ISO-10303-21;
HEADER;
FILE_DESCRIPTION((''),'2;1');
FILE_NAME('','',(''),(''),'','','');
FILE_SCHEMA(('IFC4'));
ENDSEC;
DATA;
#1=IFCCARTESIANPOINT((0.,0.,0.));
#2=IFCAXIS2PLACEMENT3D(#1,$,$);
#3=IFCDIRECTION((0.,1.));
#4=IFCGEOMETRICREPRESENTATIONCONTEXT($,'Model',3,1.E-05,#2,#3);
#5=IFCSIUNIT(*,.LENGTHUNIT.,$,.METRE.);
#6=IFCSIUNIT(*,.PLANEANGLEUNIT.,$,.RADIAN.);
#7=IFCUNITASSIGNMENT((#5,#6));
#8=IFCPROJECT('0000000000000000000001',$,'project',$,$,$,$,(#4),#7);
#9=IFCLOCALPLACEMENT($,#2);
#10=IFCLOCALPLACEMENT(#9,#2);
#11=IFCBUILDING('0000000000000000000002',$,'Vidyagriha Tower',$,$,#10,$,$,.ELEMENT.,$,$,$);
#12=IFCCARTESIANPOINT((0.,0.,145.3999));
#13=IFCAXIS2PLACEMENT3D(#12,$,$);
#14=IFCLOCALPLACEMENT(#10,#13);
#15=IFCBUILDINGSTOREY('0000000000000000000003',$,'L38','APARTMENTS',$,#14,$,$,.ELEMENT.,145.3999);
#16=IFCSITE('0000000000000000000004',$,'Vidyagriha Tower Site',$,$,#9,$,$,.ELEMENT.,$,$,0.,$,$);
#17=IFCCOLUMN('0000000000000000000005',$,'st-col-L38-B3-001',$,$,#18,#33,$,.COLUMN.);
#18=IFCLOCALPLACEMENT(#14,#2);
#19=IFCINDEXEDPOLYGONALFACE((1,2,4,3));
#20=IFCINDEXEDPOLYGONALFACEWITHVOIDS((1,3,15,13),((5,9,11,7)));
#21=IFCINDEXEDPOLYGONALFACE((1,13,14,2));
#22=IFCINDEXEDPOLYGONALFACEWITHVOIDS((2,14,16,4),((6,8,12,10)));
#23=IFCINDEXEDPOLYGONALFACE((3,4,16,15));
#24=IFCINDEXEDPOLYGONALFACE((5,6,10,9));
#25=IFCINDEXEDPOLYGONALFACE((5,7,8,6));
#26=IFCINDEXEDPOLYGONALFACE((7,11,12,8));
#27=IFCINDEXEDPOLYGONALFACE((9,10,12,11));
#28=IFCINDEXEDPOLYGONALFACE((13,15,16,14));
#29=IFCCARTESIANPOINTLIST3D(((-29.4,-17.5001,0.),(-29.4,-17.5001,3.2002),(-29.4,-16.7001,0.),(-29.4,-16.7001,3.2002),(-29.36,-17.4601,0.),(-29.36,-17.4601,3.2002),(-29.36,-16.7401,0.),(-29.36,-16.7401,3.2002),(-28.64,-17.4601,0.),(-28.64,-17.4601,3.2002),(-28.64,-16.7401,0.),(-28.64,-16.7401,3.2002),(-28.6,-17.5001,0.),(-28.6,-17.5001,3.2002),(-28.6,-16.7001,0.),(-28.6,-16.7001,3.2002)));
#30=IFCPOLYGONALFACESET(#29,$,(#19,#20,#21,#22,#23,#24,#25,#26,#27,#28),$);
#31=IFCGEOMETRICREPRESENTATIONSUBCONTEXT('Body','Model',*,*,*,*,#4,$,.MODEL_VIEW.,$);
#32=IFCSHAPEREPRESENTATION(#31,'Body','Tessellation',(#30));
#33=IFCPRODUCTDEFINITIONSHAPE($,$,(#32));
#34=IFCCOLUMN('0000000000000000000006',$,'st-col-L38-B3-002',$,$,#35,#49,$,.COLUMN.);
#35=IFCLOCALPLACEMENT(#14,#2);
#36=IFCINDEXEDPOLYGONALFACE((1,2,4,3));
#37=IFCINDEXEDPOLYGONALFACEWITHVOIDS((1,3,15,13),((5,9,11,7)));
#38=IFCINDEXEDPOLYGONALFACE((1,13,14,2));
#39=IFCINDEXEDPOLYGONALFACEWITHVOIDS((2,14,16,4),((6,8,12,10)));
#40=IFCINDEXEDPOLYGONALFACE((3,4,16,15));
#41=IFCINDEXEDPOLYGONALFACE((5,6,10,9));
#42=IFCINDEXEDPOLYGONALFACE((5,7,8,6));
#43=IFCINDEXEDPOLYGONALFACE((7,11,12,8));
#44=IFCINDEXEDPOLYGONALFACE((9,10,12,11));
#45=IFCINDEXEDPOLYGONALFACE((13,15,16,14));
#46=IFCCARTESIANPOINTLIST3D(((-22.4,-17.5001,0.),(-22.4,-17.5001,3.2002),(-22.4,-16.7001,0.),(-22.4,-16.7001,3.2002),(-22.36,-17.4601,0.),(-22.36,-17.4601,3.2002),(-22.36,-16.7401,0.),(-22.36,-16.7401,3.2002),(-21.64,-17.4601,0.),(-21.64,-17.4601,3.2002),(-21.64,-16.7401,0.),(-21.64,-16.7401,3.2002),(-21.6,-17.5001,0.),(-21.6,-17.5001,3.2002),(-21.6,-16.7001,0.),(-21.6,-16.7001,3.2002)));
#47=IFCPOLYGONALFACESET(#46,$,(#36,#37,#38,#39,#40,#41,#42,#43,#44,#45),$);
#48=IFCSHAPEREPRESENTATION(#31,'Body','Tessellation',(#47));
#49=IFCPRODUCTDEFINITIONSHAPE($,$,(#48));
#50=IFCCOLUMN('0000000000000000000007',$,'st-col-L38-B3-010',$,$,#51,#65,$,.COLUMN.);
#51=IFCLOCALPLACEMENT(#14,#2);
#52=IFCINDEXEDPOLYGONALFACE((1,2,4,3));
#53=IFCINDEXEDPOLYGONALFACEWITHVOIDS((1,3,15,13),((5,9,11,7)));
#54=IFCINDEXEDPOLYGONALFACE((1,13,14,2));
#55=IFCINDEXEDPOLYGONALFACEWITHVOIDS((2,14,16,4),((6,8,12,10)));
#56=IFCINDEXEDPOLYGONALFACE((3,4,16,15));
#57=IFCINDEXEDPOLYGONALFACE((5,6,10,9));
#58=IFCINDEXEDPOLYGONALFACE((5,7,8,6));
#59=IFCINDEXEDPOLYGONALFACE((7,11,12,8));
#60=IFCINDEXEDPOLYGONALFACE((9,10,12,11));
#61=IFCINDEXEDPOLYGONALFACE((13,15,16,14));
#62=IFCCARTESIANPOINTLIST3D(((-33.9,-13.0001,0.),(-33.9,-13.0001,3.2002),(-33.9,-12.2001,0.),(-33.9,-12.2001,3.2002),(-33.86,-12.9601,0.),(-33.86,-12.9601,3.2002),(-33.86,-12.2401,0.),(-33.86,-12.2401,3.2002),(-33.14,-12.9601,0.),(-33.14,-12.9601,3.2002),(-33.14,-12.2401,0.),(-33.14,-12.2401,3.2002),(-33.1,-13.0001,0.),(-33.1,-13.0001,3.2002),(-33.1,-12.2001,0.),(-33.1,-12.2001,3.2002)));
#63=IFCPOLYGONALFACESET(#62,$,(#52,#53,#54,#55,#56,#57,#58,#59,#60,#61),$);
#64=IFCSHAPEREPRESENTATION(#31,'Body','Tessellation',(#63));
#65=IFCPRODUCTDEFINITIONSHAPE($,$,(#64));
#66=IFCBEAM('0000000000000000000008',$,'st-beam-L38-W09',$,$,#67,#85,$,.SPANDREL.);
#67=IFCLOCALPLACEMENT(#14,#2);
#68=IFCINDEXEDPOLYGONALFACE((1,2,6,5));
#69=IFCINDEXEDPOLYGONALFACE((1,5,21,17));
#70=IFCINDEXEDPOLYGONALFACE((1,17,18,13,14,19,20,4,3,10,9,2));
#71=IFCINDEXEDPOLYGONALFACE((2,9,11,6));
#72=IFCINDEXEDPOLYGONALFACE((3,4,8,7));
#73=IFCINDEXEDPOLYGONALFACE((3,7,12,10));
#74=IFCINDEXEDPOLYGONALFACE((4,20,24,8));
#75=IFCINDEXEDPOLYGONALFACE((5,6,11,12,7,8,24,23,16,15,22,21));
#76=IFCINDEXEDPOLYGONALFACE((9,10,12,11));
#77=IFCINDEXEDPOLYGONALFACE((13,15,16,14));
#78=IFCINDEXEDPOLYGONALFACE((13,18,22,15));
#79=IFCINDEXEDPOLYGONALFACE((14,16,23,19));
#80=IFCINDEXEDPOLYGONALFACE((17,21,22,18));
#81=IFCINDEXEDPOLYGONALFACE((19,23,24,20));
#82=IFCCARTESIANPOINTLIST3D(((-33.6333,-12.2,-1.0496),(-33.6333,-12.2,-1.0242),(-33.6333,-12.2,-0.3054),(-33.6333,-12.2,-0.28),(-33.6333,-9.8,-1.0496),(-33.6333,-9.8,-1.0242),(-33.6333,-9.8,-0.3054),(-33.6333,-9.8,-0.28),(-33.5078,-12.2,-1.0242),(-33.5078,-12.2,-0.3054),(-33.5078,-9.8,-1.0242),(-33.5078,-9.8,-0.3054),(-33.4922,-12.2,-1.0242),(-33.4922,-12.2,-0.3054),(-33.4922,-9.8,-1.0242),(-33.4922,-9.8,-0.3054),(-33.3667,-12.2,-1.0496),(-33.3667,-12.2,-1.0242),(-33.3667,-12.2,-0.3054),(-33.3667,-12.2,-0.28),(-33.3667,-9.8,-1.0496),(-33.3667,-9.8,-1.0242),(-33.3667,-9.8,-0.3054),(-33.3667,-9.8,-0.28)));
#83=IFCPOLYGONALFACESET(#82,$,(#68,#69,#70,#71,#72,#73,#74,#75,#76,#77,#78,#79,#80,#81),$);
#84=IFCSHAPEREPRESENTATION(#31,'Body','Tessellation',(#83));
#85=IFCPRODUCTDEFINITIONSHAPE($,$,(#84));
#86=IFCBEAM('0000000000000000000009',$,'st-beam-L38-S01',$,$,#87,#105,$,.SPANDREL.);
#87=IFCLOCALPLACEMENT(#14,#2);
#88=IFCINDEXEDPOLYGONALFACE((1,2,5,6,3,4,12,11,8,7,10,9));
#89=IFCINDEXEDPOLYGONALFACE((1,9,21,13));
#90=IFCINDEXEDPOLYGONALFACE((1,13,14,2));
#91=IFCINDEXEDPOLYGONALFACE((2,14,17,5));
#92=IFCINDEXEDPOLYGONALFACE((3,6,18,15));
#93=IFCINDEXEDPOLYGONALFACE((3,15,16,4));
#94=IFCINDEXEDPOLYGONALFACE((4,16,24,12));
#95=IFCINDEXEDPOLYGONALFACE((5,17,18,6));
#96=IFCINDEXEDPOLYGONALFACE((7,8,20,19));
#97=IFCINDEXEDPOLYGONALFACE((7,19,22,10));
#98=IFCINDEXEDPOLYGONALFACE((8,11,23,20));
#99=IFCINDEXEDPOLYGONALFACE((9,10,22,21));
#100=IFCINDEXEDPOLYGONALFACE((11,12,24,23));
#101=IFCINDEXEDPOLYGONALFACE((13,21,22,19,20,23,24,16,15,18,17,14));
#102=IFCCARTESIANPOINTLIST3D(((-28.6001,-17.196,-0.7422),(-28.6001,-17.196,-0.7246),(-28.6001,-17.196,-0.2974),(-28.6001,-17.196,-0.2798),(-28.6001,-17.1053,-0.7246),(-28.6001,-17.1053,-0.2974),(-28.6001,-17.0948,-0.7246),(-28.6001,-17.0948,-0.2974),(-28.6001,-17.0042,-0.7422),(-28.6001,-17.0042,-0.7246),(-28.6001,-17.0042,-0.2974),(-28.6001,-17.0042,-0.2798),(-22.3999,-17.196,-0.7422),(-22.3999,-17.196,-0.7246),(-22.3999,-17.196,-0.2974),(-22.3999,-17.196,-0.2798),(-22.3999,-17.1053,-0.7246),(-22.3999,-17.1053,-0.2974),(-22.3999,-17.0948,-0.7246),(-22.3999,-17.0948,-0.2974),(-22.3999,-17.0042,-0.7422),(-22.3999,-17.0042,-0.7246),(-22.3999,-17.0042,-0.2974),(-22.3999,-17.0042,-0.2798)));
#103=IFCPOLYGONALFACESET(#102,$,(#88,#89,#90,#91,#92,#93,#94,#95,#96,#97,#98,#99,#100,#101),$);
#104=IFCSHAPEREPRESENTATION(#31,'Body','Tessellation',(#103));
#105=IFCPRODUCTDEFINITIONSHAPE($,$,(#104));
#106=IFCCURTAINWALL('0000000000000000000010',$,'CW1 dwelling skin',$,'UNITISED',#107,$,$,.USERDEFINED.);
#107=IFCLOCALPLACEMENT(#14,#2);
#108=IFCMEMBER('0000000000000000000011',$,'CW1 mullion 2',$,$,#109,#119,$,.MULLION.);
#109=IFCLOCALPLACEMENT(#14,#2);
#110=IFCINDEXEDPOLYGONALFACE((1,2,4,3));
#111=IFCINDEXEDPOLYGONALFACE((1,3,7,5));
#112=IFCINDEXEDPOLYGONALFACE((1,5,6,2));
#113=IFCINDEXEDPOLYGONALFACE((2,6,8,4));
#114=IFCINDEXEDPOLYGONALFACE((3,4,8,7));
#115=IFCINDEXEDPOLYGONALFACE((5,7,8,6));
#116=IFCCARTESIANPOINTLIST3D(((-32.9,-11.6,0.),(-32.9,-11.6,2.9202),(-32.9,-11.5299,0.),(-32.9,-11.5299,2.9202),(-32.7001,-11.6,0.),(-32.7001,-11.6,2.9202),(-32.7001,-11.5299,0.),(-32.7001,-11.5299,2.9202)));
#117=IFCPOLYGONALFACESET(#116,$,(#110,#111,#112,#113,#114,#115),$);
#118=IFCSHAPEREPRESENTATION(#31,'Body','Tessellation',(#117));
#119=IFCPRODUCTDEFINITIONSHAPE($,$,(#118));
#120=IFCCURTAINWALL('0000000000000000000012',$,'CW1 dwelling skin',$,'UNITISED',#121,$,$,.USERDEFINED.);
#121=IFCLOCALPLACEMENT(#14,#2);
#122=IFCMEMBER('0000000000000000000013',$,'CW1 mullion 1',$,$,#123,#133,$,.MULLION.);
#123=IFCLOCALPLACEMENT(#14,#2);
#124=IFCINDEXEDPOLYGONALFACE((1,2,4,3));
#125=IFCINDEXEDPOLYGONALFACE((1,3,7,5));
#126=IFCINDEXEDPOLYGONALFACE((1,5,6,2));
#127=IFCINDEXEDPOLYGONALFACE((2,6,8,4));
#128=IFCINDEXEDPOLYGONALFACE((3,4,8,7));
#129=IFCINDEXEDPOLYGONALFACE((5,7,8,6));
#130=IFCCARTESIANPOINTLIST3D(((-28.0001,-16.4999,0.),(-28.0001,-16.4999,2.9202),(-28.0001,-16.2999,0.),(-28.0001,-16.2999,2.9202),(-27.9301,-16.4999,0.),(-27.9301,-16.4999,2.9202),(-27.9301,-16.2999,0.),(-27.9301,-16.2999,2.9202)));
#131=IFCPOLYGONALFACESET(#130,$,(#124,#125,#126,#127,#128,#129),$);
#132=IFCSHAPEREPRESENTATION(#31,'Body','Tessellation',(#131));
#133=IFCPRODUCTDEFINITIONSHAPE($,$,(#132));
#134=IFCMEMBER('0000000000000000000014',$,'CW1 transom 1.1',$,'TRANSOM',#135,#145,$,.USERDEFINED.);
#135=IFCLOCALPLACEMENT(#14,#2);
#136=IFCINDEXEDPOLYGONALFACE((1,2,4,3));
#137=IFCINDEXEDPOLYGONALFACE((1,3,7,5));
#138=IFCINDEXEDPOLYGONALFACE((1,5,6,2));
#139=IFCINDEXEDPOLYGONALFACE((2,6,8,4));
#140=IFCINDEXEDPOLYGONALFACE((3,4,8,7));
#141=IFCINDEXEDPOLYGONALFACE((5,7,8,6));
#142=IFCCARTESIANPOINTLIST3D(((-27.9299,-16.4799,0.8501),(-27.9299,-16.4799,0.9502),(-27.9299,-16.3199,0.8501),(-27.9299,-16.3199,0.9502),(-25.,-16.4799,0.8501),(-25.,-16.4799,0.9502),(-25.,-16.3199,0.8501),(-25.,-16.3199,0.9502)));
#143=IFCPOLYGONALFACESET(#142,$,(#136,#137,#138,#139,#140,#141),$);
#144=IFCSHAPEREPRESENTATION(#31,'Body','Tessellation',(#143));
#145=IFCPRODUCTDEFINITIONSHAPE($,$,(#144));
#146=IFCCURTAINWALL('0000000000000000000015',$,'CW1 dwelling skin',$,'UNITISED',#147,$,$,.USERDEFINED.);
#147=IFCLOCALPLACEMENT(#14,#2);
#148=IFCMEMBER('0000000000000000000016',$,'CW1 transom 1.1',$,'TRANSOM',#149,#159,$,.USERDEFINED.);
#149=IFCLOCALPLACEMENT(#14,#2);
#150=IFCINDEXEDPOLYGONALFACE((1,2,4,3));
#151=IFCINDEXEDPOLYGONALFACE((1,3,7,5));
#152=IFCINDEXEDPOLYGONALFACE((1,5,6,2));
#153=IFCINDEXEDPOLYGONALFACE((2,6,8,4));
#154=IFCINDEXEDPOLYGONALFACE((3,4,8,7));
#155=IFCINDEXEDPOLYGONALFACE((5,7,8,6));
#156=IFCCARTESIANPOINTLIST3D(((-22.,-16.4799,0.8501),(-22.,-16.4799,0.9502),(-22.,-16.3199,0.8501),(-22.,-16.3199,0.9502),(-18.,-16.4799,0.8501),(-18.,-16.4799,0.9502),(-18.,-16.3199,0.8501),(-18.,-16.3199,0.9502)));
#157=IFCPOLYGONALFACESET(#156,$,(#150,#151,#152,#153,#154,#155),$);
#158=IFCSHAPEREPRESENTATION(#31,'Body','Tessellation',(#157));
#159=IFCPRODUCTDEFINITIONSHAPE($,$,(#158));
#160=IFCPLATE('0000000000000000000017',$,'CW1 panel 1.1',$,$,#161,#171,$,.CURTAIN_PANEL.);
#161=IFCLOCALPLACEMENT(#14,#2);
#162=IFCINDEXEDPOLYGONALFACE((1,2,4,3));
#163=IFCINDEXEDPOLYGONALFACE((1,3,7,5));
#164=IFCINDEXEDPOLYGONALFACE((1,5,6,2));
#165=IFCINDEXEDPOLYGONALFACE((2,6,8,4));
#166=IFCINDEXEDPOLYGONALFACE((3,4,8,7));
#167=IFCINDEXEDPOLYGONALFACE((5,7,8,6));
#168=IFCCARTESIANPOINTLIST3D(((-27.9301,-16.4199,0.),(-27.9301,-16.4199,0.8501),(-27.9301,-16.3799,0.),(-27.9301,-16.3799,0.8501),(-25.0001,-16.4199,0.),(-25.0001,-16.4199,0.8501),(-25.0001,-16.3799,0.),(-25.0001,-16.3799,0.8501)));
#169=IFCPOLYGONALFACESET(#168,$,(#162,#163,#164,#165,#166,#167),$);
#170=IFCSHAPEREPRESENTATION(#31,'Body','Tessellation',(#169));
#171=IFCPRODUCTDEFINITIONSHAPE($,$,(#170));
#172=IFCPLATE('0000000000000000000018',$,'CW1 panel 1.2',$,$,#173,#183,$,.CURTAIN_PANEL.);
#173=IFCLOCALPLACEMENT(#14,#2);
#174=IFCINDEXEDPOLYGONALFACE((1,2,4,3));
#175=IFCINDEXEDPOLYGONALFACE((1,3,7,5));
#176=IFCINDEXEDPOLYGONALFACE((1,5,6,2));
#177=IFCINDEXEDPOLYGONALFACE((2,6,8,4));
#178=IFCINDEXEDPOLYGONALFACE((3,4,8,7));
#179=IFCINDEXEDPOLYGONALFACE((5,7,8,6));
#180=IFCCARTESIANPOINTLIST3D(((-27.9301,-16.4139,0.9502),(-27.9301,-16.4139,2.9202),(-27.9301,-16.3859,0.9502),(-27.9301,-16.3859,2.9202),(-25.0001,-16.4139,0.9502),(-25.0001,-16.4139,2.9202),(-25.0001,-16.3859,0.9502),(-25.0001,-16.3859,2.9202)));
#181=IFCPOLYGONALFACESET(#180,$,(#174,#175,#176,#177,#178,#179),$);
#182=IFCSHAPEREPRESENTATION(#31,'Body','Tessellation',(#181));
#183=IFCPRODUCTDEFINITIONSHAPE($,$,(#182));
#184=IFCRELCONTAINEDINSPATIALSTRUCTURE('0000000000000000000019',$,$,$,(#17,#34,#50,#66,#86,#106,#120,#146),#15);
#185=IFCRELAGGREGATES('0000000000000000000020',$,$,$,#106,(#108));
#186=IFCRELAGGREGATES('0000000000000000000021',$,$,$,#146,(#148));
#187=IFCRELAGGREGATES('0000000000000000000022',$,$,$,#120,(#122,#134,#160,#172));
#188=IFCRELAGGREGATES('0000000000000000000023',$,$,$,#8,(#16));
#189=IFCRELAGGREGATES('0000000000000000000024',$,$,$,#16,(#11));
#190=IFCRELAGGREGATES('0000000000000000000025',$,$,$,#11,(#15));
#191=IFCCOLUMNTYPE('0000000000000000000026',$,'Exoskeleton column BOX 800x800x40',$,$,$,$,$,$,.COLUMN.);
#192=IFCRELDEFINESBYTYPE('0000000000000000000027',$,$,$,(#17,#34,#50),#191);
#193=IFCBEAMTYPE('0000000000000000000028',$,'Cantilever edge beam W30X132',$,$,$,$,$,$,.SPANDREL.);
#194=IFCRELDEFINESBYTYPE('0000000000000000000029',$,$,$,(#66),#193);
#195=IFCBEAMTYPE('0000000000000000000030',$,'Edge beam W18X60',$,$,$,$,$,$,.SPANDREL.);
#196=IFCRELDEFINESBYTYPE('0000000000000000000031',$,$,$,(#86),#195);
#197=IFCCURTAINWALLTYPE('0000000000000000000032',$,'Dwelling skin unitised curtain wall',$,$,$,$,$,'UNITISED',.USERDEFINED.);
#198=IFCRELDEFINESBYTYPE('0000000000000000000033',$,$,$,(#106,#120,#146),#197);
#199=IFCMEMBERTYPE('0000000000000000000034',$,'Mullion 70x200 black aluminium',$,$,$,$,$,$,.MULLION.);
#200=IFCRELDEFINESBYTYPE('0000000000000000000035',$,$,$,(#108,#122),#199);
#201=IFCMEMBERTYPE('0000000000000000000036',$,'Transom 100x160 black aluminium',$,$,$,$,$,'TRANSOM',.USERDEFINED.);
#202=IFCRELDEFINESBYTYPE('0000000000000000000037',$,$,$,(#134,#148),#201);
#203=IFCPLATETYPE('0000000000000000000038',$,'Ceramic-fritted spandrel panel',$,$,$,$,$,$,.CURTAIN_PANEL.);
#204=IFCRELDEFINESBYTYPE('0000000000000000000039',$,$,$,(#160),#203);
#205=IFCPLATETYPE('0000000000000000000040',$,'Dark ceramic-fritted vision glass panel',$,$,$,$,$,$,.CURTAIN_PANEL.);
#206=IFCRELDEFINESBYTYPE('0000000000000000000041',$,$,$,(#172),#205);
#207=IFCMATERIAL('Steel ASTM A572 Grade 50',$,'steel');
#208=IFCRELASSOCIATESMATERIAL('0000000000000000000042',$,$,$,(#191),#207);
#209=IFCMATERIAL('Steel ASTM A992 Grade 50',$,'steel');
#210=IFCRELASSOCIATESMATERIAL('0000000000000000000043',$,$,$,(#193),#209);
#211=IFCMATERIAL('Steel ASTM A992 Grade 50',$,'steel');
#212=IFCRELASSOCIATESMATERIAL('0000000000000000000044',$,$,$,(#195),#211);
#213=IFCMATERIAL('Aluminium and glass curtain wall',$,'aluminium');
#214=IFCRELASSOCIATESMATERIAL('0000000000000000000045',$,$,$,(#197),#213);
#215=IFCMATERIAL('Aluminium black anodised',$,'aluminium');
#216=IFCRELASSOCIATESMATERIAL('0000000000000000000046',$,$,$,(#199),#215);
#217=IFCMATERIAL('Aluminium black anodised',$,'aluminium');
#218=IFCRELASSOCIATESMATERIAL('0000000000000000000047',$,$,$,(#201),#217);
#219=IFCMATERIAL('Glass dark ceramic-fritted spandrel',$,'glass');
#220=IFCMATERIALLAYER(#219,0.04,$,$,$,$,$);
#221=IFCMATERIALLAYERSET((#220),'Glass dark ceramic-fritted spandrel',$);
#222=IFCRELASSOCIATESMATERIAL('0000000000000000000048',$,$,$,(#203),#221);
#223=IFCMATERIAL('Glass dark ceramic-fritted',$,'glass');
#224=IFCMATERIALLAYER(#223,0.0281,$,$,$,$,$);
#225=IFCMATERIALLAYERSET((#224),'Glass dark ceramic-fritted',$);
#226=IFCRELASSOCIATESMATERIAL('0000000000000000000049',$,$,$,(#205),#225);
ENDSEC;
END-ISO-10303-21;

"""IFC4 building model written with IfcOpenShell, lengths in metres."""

from ifc_helpers import new_model, si_unit, direction, frame, origin, origin_2d, place, context, subcontext, project, spatial, rectangle, hollow_rectangle, i_section, extrude, material, layer, layer_set, material_profile, profile_set, type_object, element, aggregate, save


model = new_model("IFC4")

# Units and contexts
model_context = context("Model", 3, precision=1e-05, world=origin(), true_north=direction((0.0, 1.0)))
body_context = subcontext(model_context, "Body", "Model", "MODEL_VIEW")
ifc_project = project(units=[si_unit("LENGTHUNIT", "METRE"), si_unit("PLANEANGLEUNIT", "RADIAN")], contexts=[model_context])

# Site, building, storey
site_placement = place(None, origin())
site = spatial("IfcSite", under=ifc_project, at=site_placement, Name="Vidyagriha Tower Site", CompositionType="ELEMENT", RefElevation=0.0)
building_placement = place(site_placement, origin())
building = spatial("IfcBuilding", under=site, at=building_placement, Name="Vidyagriha Tower", CompositionType="ELEMENT")
storey_placement = place(building_placement, frame((0.0, 0.0, 145.3999)))
storey = spatial("IfcBuildingStorey", under=building, at=storey_placement, Name="L38", Description="APARTMENTS", CompositionType="ELEMENT", Elevation=145.3999)

# Columns
ifc_material_1 = material(Name="Steel ASTM A572 Grade 50", Category="steel")
ifc_material_profile_1 = material_profile(ifc_material_1, hollow_rectangle(XDim=0.8, YDim=0.8, WallThickness=0.04, at=origin_2d()), Name="BOX 800x800x40")
ifc_profile_set_1 = profile_set([ifc_material_profile_1], Name="Steel ASTM A572 Grade 50")
column_type = type_object("IfcColumnType", Name="Exoskeleton column BOX 800x800x40", PredefinedType="COLUMN", material=ifc_profile_set_1)
for number, where, name in (
    (1, (-29.0, -17.1001, 0.0), "st-col-L38-B3-001"),
    (2, (-22.0, -17.1001, 0.0), "st-col-L38-B3-002"),
    (3, (-33.5, -12.6001, 0.0), "st-col-L38-B3-010"),
):
    element("IfcColumn", number, at=place(storey_placement, frame(where)), inside=storey, type_object=column_type, Name=name, PredefinedType="COLUMN", context=body_context, shape_type="SweptSolid", body=[
        extrude(hollow_rectangle(XDim=0.8, YDim=0.8, WallThickness=0.04, at=origin_2d()), origin(), (0.0, 0.0, 1.0), 3.2002),
    ])

# Beams
ifc_material_2 = material(Name="Steel ASTM A992 Grade 50", Category="steel")
ifc_material_profile_2 = material_profile(ifc_material_2, i_section(OverallWidth=0.2666, OverallDepth=0.7695, WebThickness=0.0156, FlangeThickness=0.0254, at=origin_2d()), Name="W30X132")
ifc_profile_set_2 = profile_set([ifc_material_profile_2], Name="Steel ASTM A992 Grade 50")
beam_type_1 = type_object("IfcBeamType", Name="Cantilever edge beam W30X132", PredefinedType="SPANDREL", material=ifc_profile_set_2)
beam_1_placement = place(storey_placement, frame((-33.5, -12.2, -0.6648), z_axis=(0.0, 1.0, 0.0), x_axis=(-1.0, 0.0, 0.0)))
element("IfcBeam", 4, at=beam_1_placement, inside=storey, type_object=beam_type_1, Name="st-beam-L38-W09", PredefinedType="SPANDREL", context=body_context, shape_type="SweptSolid", body=[
    extrude(i_section(OverallWidth=0.2666, OverallDepth=0.7695, WebThickness=0.0156, FlangeThickness=0.0254, at=origin_2d()), origin(), (0.0, 0.0, 1.0), 2.3999),
])
ifc_material_3 = material(Name="Steel ASTM A992 Grade 50", Category="steel")
ifc_material_profile_3 = material_profile(ifc_material_3, i_section(OverallWidth=0.1919, OverallDepth=0.4624, WebThickness=0.0105, FlangeThickness=0.0176, at=origin_2d()), Name="W18X60")
ifc_profile_set_3 = profile_set([ifc_material_profile_3], Name="Steel ASTM A992 Grade 50")
beam_type_2 = type_object("IfcBeamType", Name="Edge beam W18X60", PredefinedType="SPANDREL", material=ifc_profile_set_3)
beam_2_placement = place(storey_placement, frame((-28.6001, -17.1001, -0.511), z_axis=(1.0, 0.0, 0.0), x_axis=(0.0, 1.0, 0.0)))
element("IfcBeam", 5, at=beam_2_placement, inside=storey, type_object=beam_type_2, Name="st-beam-L38-S01", PredefinedType="SPANDREL", context=body_context, shape_type="SweptSolid", body=[
    extrude(i_section(OverallWidth=0.1919, OverallDepth=0.4624, WebThickness=0.0105, FlangeThickness=0.0176, at=origin_2d()), origin(), (0.0, 0.0, 1.0), 6.2002),
])

# Curtain wall, member
ifc_material_4 = material(Name="Aluminium and glass curtain wall", Category="aluminium")
curtain_wall_type = type_object("IfcCurtainWallType", Name="Dwelling skin unitised curtain wall", ElementType="UNITISED", PredefinedType="USERDEFINED", material=ifc_material_4)
curtain_wall_1_placement = place(storey_placement, origin())
curtain_wall_1 = element("IfcCurtainWall", 6, at=curtain_wall_1_placement, inside=storey, type_object=curtain_wall_type, Name="CW1 dwelling skin", ObjectType="UNITISED", PredefinedType="USERDEFINED")
ifc_material_5 = material(Name="Aluminium black anodised", Category="aluminium")
ifc_material_profile_4 = material_profile(ifc_material_5, rectangle(XDim=0.2, YDim=0.0701, at=origin_2d()), Name="Mullion 70x200 black aluminium")
ifc_profile_set_4 = profile_set([ifc_material_profile_4], Name="Aluminium black anodised")
member_type_1 = type_object("IfcMemberType", Name="Mullion 70x200 black aluminium", PredefinedType="MULLION", material=ifc_profile_set_4)
member_1_placement = place(storey_placement, frame((-32.8, -11.5649, 0.0)))
member_1 = element("IfcMember", 7, at=member_1_placement, type_object=member_type_1, Name="CW1 mullion 2", PredefinedType="MULLION", context=body_context, shape_type="SweptSolid", body=[
    extrude(rectangle(XDim=0.2, YDim=0.0701, at=origin_2d()), origin(), (0.0, 0.0, 1.0), 2.9202),
])
aggregate(curtain_wall_1, [member_1])

# Curtain wall, members
curtain_wall_2_placement = place(storey_placement, origin())
curtain_wall_2 = element("IfcCurtainWall", 8, at=curtain_wall_2_placement, inside=storey, type_object=curtain_wall_type, Name="CW1 dwelling skin", ObjectType="UNITISED", PredefinedType="USERDEFINED")
member_2_placement = place(storey_placement, frame((-27.9651, -16.3999, 0.0), z_axis=(0.0, 0.0, 1.0), x_axis=(0.0, 1.0, 0.0)))
member_2 = element("IfcMember", 9, at=member_2_placement, type_object=member_type_1, Name="CW1 mullion 1", PredefinedType="MULLION", context=body_context, shape_type="SweptSolid", body=[
    extrude(rectangle(XDim=0.2, YDim=0.0701, at=origin_2d()), origin(), (0.0, 0.0, 1.0), 2.9202),
])
ifc_material_6 = material(Name="Aluminium black anodised", Category="aluminium")
ifc_material_profile_5 = material_profile(ifc_material_6, rectangle(XDim=0.1599, YDim=0.1001, at=origin_2d()), Name="Transom 100x160 black aluminium")
ifc_profile_set_5 = profile_set([ifc_material_profile_5], Name="Aluminium black anodised")
member_type_2 = type_object("IfcMemberType", Name="Transom 100x160 black aluminium", ElementType="TRANSOM", PredefinedType="USERDEFINED", material=ifc_profile_set_5)
member_3_placement = place(storey_placement, frame((-27.9299, -16.3999, 0.9001), z_axis=(1.0, 0.0, 0.0), x_axis=(0.0, 1.0, 0.0)))
member_3 = element("IfcMember", 10, at=member_3_placement, type_object=member_type_2, Name="CW1 transom 1.1", ObjectType="TRANSOM", PredefinedType="USERDEFINED", context=body_context, shape_type="SweptSolid", body=[
    extrude(rectangle(XDim=0.1599, YDim=0.1001, at=origin_2d()), origin(), (0.0, 0.0, 1.0), 2.9299),
])

# Curtain wall, member
curtain_wall_3_placement = place(storey_placement, origin())
curtain_wall_3 = element("IfcCurtainWall", 11, at=curtain_wall_3_placement, inside=storey, type_object=curtain_wall_type, Name="CW1 dwelling skin", ObjectType="UNITISED", PredefinedType="USERDEFINED")
member_4_placement = place(storey_placement, frame((-22.0, -16.3999, 0.9001), z_axis=(1.0, 0.0, 0.0), x_axis=(0.0, 1.0, 0.0)))
member_4 = element("IfcMember", 12, at=member_4_placement, type_object=member_type_2, Name="CW1 transom 1.1", ObjectType="TRANSOM", PredefinedType="USERDEFINED", context=body_context, shape_type="SweptSolid", body=[
    extrude(rectangle(XDim=0.1599, YDim=0.1001, at=origin_2d()), origin(), (0.0, 0.0, 1.0), 4.0),
])
aggregate(curtain_wall_3, [member_4])

# Plates
ifc_material_7 = material(Name="Glass dark ceramic-fritted spandrel", Category="glass")
ifc_layer_1 = layer(ifc_material_7, 0.04)
ifc_layer_set_1 = layer_set([ifc_layer_1], Name="Glass dark ceramic-fritted spandrel")
plate_type_1 = type_object("IfcPlateType", Name="Ceramic-fritted spandrel panel", PredefinedType="CURTAIN_PANEL", material=ifc_layer_set_1)
plate_1_placement = place(storey_placement, frame((-26.4651, -16.3999, 0.0)))
plate_1 = element("IfcPlate", 13, at=plate_1_placement, type_object=plate_type_1, Name="CW1 panel 1.1", PredefinedType="CURTAIN_PANEL", context=body_context, shape_type="SweptSolid", body=[
    extrude(rectangle(XDim=2.9299, YDim=0.04, at=origin_2d()), origin(), (0.0, 0.0, 1.0), 0.8501),
])
ifc_material_8 = material(Name="Glass dark ceramic-fritted", Category="glass")
ifc_layer_2 = layer(ifc_material_8, 0.0281)
ifc_layer_set_2 = layer_set([ifc_layer_2], Name="Glass dark ceramic-fritted")
plate_type_2 = type_object("IfcPlateType", Name="Dark ceramic-fritted vision glass panel", PredefinedType="CURTAIN_PANEL", material=ifc_layer_set_2)
plate_2_placement = place(storey_placement, frame((-26.4651, -16.3999, 0.9502)))
plate_2 = element("IfcPlate", 14, at=plate_2_placement, type_object=plate_type_2, Name="CW1 panel 1.2", PredefinedType="CURTAIN_PANEL", context=body_context, shape_type="SweptSolid", body=[
    extrude(rectangle(XDim=2.9299, YDim=0.0281, at=origin_2d()), origin(), (0.0, 0.0, 1.0), 1.97),
])
aggregate(curtain_wall_2, [member_2, member_3, plate_1, plate_2])

save(model, "model.ifc")
